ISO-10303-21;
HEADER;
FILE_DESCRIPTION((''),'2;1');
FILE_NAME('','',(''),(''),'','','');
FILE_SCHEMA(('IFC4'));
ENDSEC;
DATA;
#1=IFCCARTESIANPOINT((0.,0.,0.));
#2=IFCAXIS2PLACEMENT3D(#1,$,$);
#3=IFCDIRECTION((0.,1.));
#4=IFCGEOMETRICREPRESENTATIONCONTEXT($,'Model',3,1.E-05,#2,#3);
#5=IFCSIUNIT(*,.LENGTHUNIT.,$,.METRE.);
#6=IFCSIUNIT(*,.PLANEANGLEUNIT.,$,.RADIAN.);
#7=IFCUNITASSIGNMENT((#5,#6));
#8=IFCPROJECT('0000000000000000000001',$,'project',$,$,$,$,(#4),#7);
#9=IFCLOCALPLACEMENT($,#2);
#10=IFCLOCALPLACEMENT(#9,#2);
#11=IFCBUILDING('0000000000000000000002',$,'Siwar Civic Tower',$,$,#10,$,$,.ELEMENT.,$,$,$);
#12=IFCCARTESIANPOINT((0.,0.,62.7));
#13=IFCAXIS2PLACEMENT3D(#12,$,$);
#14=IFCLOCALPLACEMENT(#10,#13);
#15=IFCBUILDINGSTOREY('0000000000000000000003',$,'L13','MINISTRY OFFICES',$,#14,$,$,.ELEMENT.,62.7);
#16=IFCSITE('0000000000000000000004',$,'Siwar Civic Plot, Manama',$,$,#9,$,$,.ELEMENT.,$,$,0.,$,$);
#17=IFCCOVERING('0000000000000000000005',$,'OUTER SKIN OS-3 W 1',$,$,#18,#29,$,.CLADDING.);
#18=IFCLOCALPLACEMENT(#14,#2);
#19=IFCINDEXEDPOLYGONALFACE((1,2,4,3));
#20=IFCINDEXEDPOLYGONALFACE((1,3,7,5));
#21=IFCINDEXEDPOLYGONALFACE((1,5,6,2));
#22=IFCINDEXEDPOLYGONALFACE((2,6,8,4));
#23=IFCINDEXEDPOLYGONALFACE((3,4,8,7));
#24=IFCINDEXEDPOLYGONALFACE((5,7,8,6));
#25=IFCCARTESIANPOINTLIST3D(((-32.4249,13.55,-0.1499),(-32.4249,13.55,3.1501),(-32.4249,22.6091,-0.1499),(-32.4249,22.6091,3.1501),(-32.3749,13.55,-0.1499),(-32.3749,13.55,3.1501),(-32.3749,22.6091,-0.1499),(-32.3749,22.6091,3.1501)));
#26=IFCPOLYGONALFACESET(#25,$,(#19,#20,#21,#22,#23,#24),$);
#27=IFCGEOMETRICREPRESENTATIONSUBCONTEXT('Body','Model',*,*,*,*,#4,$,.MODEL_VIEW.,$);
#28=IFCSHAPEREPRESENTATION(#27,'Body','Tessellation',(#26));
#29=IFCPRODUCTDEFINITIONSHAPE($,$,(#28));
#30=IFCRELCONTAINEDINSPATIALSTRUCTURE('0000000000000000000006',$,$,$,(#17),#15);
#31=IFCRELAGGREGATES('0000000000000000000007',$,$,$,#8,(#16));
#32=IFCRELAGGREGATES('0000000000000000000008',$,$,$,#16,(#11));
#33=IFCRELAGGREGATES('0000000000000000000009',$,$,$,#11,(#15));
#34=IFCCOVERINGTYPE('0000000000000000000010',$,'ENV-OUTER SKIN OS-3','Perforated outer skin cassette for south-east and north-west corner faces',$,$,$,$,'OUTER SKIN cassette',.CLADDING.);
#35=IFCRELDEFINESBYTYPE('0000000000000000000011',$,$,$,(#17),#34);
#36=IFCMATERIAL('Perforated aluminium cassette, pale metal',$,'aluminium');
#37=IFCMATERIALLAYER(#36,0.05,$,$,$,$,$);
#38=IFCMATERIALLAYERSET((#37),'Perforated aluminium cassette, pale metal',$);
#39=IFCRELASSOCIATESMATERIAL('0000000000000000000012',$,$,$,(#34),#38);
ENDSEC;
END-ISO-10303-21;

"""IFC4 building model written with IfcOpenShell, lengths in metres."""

from ifc_helpers import new_model, si_unit, direction, frame, origin, origin_2d, place, context, subcontext, project, spatial, rectangle, extrude, material, layer, layer_set, type_object, element, save


model = new_model("IFC4")

# Units and contexts
model_context = context("Model", 3, precision=1e-05, world=origin(), true_north=direction((0.0, 1.0)))
body_context = subcontext(model_context, "Body", "Model", "MODEL_VIEW")
ifc_project = project(units=[si_unit("LENGTHUNIT", "METRE"), si_unit("PLANEANGLEUNIT", "RADIAN")], contexts=[model_context])

# Site, building, storey
site_placement = place(None, origin())
site = spatial("IfcSite", under=ifc_project, at=site_placement, Name="Siwar Civic Plot, Manama", CompositionType="ELEMENT", RefElevation=0.0)
building_placement = place(site_placement, origin())
building = spatial("IfcBuilding", under=site, at=building_placement, Name="Siwar Civic Tower", CompositionType="ELEMENT")
storey_placement = place(building_placement, frame((0.0, 0.0, 62.7)))
storey = spatial("IfcBuildingStorey", under=building, at=storey_placement, Name="L13", Description="MINISTRY OFFICES", CompositionType="ELEMENT", Elevation=62.7)

# Covering
ifc_material_1 = material(Name="Perforated aluminium cassette, pale metal", Category="aluminium")
ifc_layer_1 = layer(ifc_material_1, 0.05)
ifc_layer_set_1 = layer_set([ifc_layer_1], Name="Perforated aluminium cassette, pale metal")
covering_type = type_object("IfcCoveringType", Name="ENV-OUTER SKIN OS-3", Description="Perforated outer skin cassette for south-east and north-west corner faces", ElementType="OUTER SKIN cassette", PredefinedType="CLADDING", material=ifc_layer_set_1)
covering_placement = place(storey_placement, frame((-32.3999, 18.0796, -0.1499), z_axis=(0.0, 0.0, 1.0), x_axis=(0.0, -1.0, 0.0)))
element("IfcCovering", 1, at=covering_placement, inside=storey, type_object=covering_type, Name="OUTER SKIN OS-3 W 1", PredefinedType="CLADDING", context=body_context, shape_type="SweptSolid", body=[
    extrude(rectangle(XDim=9.0591, YDim=0.05, at=origin_2d()), origin(), (0.0, 0.0, 1.0), 3.3),
])

save(model, "model.ifc")
